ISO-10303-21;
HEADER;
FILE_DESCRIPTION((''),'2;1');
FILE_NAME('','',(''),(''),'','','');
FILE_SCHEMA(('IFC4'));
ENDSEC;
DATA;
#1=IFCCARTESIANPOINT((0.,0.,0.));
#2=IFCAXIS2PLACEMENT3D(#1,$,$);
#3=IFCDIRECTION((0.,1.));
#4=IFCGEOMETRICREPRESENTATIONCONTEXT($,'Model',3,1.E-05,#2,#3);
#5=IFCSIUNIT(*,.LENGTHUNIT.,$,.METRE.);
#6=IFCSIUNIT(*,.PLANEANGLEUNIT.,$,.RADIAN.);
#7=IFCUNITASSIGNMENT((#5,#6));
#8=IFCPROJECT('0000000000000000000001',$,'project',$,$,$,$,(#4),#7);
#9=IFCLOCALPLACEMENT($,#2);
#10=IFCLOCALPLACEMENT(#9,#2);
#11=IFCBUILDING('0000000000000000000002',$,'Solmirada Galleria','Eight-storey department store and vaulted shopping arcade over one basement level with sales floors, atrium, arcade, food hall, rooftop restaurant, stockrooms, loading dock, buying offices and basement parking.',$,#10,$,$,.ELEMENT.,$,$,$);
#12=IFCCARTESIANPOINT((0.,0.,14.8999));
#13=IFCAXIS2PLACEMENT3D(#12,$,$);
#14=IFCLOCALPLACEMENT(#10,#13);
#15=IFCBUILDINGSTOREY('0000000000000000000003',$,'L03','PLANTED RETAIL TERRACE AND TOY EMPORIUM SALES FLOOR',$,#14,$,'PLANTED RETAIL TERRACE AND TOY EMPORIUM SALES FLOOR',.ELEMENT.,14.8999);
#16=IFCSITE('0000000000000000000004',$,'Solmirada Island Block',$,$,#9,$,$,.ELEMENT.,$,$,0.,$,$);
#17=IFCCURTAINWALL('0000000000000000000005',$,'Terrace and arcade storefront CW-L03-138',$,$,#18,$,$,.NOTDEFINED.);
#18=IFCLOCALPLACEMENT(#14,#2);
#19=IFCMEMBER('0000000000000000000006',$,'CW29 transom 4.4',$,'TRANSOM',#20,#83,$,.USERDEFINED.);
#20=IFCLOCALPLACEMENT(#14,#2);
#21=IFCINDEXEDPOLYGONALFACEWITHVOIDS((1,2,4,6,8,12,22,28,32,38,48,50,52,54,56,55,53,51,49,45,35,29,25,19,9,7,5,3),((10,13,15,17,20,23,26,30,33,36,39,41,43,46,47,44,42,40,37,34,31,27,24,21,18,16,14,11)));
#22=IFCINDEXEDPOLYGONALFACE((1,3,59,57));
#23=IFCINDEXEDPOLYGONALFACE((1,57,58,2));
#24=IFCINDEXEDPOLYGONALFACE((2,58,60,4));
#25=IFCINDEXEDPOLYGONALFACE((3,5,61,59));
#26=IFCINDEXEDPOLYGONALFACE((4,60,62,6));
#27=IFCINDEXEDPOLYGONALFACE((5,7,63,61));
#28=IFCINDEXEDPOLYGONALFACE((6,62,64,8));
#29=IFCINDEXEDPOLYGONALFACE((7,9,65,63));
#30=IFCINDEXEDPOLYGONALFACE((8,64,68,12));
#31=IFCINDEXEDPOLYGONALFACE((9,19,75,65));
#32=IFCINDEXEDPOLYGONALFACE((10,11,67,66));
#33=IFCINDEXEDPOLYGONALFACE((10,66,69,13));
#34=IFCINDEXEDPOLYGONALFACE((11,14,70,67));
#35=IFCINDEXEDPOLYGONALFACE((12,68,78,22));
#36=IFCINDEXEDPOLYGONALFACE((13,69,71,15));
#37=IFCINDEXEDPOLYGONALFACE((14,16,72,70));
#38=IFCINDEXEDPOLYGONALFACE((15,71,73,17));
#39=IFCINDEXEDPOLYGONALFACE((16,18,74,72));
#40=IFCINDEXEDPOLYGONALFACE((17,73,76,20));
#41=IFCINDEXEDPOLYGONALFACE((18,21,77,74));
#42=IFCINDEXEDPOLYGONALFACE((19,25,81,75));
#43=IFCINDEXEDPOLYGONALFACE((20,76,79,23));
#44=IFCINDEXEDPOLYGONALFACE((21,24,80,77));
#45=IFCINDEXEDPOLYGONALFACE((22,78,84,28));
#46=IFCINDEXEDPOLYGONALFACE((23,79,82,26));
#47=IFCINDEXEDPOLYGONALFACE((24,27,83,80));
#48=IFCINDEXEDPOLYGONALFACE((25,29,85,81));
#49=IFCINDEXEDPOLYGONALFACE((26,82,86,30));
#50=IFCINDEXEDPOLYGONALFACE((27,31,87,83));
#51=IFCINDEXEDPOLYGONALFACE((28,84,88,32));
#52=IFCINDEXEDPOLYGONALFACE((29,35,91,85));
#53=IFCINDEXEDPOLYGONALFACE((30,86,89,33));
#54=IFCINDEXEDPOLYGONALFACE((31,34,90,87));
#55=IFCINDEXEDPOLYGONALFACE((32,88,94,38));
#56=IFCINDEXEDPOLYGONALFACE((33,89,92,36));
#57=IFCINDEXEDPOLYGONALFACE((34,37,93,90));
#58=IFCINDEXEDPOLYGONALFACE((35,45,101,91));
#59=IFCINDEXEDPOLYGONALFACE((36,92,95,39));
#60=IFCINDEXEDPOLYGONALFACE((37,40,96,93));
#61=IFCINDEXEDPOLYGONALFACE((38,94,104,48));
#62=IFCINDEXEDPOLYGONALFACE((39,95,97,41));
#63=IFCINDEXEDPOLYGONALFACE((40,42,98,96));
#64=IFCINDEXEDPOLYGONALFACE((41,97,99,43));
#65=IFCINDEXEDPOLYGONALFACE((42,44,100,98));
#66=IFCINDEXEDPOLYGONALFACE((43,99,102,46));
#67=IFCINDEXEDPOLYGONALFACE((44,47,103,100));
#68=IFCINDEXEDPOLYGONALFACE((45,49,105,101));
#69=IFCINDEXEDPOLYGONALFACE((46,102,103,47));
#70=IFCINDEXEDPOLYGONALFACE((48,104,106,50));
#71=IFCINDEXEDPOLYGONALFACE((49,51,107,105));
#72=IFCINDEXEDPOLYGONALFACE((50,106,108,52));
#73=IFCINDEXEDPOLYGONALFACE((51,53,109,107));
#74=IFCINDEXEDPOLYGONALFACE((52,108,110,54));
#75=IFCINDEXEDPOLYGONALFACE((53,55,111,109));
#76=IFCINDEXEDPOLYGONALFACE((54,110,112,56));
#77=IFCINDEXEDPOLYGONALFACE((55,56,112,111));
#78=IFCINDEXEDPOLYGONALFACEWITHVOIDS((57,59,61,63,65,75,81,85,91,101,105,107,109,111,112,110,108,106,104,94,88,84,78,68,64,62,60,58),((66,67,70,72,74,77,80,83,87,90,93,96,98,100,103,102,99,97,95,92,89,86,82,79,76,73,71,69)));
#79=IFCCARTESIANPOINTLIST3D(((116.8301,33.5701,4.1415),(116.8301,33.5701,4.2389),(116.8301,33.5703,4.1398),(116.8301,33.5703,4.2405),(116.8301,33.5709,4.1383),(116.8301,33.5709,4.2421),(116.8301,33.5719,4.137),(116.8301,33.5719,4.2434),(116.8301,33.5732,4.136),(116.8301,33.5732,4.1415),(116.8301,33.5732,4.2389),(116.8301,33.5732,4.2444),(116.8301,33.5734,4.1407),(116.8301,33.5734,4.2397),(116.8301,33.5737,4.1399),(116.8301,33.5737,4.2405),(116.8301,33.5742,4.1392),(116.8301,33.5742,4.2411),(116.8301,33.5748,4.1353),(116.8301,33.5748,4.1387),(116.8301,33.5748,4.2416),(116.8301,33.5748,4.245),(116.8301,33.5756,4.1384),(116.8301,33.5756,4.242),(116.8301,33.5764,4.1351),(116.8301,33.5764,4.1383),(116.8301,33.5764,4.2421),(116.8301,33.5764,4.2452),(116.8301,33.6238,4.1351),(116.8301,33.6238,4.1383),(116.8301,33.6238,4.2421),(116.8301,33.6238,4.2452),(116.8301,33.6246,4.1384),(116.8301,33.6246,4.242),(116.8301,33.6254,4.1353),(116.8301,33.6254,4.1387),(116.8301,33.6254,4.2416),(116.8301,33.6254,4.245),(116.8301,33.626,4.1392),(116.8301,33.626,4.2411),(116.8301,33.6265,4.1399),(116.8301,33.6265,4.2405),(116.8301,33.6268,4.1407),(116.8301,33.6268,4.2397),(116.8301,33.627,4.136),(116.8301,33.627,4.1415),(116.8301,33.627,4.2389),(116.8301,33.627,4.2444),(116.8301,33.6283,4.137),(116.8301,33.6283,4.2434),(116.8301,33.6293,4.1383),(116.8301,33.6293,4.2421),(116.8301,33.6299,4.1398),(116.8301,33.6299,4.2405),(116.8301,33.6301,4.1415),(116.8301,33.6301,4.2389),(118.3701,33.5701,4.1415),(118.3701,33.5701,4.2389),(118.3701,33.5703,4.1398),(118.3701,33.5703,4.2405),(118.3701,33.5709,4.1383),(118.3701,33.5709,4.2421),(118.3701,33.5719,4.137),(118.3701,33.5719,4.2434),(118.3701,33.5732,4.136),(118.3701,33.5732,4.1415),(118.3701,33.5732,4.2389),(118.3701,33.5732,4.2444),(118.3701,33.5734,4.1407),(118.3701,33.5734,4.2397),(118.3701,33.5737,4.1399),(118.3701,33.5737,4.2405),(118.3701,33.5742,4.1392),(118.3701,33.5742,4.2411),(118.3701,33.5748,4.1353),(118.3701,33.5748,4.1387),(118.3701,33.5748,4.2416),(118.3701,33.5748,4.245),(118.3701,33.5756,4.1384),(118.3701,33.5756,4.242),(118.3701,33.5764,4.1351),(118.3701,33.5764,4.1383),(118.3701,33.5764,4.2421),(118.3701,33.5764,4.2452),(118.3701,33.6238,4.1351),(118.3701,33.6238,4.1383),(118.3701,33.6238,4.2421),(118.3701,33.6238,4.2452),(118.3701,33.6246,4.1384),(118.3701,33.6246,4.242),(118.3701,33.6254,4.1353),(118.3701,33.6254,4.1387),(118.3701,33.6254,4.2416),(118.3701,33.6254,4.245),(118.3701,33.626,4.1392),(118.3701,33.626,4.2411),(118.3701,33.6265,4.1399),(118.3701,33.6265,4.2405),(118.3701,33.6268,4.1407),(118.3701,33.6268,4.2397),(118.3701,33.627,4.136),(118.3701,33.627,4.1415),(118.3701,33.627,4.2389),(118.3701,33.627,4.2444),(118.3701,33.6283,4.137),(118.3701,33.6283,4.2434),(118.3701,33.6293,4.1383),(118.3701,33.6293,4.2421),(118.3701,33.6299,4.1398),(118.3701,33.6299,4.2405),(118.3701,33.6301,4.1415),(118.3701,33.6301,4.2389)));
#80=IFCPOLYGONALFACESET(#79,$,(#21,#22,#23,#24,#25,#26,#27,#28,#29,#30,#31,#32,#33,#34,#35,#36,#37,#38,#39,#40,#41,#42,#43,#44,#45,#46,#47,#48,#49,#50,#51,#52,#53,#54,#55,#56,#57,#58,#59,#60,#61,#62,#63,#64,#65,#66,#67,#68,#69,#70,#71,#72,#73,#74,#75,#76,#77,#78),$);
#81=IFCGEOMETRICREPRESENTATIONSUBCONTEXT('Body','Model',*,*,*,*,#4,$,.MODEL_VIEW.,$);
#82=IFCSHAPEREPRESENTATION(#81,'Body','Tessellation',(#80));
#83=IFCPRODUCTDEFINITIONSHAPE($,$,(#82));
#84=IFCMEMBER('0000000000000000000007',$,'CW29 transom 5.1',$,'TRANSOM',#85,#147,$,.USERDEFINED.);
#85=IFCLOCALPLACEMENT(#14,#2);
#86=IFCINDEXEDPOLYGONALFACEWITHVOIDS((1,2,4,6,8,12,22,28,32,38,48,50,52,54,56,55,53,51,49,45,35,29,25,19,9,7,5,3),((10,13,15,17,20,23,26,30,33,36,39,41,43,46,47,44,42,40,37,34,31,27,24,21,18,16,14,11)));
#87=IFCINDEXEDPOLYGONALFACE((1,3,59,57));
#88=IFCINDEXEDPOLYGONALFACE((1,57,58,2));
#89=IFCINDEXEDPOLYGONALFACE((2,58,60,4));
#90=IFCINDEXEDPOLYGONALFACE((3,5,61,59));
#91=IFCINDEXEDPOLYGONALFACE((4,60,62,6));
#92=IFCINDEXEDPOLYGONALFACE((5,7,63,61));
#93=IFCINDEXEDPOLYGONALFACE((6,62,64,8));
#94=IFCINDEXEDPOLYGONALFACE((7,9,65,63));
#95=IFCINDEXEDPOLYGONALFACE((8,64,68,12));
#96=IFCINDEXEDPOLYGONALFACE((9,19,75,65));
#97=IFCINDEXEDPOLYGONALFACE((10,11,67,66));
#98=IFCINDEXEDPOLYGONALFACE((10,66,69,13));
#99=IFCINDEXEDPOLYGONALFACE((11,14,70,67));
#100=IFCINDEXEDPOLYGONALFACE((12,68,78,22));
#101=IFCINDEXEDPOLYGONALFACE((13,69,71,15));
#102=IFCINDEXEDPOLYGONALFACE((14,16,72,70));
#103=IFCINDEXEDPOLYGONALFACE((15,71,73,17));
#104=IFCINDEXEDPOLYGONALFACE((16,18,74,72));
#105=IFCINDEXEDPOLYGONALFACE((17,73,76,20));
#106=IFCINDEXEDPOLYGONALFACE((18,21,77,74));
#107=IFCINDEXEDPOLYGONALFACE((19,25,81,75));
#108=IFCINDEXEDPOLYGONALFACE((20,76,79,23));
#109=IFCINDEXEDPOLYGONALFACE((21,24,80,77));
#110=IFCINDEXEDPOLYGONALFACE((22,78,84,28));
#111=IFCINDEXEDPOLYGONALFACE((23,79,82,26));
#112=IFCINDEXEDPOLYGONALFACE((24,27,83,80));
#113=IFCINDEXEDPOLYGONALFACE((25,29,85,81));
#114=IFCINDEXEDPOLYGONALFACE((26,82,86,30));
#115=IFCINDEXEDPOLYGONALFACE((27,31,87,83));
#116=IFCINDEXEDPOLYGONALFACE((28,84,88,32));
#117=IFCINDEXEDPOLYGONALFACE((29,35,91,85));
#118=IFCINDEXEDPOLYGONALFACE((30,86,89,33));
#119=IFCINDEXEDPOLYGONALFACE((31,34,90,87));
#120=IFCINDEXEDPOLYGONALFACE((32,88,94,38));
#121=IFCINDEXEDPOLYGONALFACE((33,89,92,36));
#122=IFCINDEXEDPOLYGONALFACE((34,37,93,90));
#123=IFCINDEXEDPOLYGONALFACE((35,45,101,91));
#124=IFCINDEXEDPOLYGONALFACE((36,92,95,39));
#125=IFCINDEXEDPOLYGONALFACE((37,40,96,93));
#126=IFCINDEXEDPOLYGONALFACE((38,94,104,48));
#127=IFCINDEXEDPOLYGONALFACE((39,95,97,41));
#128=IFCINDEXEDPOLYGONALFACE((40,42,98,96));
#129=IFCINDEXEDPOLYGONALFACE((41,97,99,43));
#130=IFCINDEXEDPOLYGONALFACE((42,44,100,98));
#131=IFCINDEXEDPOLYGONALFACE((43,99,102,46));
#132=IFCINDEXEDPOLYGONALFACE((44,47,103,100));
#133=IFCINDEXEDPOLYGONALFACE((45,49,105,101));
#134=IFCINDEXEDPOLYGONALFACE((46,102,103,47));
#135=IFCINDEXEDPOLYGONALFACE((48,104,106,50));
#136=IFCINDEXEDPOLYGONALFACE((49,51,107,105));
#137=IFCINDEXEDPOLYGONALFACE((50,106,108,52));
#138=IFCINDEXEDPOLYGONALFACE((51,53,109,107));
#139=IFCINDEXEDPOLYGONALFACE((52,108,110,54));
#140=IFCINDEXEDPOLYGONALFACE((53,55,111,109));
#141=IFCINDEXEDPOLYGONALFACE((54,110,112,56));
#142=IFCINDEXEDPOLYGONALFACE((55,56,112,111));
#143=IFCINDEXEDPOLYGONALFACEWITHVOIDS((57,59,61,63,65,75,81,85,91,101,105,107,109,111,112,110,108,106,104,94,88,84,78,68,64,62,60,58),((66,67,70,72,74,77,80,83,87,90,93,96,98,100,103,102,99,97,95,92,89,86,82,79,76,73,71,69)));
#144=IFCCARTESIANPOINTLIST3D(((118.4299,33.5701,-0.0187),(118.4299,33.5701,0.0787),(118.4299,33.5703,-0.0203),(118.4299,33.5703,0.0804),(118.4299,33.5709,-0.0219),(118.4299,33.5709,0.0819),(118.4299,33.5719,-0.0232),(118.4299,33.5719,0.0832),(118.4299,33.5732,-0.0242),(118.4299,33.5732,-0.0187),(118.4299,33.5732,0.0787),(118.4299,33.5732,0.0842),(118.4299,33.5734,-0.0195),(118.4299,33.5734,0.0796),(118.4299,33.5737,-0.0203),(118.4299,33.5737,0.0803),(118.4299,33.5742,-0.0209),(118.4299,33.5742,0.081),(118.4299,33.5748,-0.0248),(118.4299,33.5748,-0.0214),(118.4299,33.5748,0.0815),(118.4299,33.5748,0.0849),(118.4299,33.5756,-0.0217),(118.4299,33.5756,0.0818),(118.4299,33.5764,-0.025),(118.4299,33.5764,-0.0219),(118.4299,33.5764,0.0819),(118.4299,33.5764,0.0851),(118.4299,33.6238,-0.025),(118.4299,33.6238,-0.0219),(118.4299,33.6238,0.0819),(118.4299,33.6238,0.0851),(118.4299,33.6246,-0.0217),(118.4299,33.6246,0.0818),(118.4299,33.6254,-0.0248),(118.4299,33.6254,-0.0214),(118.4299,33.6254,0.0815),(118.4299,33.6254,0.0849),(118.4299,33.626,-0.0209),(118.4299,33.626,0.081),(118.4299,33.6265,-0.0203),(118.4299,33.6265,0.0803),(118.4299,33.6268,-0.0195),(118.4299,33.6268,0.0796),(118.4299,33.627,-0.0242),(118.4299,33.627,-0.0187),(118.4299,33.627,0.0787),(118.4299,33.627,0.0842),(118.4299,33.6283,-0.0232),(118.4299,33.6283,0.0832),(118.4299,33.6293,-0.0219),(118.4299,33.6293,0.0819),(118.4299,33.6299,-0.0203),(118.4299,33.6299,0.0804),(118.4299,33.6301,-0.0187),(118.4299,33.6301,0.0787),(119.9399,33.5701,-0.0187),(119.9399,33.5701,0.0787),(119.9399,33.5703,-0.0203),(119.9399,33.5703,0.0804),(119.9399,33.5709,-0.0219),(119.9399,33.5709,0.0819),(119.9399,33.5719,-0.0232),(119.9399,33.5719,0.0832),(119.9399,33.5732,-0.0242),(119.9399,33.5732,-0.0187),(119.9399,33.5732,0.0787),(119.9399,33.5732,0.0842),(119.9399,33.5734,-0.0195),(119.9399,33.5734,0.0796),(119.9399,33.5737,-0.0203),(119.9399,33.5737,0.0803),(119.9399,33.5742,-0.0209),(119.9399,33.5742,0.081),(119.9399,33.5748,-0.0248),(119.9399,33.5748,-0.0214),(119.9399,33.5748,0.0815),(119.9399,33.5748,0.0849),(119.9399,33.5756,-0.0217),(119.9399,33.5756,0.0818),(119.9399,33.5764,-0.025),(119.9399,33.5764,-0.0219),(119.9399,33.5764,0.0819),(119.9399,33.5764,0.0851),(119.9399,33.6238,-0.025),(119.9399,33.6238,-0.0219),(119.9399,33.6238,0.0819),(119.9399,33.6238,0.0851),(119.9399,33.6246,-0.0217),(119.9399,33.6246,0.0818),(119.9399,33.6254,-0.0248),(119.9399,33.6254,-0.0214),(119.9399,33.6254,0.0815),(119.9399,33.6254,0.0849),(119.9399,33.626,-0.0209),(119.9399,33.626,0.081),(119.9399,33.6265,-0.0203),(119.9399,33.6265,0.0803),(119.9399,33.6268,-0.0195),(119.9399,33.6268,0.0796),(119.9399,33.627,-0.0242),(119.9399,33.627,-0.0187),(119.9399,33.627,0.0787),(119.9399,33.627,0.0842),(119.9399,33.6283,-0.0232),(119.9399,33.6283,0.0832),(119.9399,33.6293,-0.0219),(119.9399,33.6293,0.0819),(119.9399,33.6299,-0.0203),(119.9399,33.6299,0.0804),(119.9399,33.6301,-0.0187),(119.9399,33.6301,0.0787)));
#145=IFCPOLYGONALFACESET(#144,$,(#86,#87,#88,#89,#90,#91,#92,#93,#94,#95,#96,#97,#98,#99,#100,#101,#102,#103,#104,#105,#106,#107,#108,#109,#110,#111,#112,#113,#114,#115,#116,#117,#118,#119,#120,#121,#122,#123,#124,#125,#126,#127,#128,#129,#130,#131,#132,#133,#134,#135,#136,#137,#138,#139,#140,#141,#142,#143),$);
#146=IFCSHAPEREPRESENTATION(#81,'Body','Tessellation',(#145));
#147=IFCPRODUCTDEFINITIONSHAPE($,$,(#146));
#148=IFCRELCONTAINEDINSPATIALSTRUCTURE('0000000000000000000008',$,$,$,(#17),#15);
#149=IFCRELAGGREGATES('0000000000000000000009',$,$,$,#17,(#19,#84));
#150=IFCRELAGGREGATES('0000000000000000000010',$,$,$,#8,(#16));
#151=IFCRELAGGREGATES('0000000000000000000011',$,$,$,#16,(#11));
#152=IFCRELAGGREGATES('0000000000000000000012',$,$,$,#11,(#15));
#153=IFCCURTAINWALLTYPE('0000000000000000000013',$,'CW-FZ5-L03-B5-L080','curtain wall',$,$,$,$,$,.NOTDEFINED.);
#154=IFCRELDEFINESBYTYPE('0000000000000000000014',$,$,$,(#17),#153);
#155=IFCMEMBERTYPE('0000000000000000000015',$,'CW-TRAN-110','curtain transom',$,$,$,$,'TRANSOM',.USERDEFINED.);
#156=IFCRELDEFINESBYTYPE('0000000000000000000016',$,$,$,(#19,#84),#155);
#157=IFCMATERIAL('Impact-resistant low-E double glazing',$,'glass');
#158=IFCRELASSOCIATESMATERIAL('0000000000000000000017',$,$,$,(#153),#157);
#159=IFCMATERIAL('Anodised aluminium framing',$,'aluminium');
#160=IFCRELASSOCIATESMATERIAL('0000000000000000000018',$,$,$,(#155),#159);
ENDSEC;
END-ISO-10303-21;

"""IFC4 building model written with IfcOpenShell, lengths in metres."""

from ifc_helpers import new_model, si_unit, direction, frame, origin, origin_2d, place, context, subcontext, project, spatial, hollow_rectangle, extrude, material, material_profile, profile_set, type_object, element, aggregate, save


model = new_model("IFC4")

# Units and contexts
model_context = context("Model", 3, precision=1e-05, world=origin(), true_north=direction((0.0, 1.0)))
body_context = subcontext(model_context, "Body", "Model", "MODEL_VIEW")
ifc_project = project(units=[si_unit("LENGTHUNIT", "METRE"), si_unit("PLANEANGLEUNIT", "RADIAN")], contexts=[model_context])

# Site, building, storey
site_placement = place(None, origin())
site = spatial("IfcSite", under=ifc_project, at=site_placement, Name="Solmirada Island Block", CompositionType="ELEMENT", RefElevation=0.0)
building_placement = place(site_placement, origin())
building = spatial("IfcBuilding", under=site, at=building_placement, Name="Solmirada Galleria", Description="Eight-storey department store and vaulted shopping arcade over one basement level with sales floors, atrium, arcade, food hall, rooftop restaurant, stockrooms, loading dock, buying offices and basement parking.", CompositionType="ELEMENT")
storey_placement = place(building_placement, frame((0.0, 0.0, 14.8999)))
storey = spatial("IfcBuildingStorey", under=building, at=storey_placement, Name="L03", Description="PLANTED RETAIL TERRACE AND TOY EMPORIUM SALES FLOOR", LongName="PLANTED RETAIL TERRACE AND TOY EMPORIUM SALES FLOOR", CompositionType="ELEMENT", Elevation=14.8999)

# Curtain wall, members
ifc_material_1 = material(Name="Impact-resistant low-E double glazing", Category="glass")
curtain_wall_type = type_object("IfcCurtainWallType", Name="CW-FZ5-L03-B5-L080", Description="curtain wall", PredefinedType="NOTDEFINED", material=ifc_material_1)
curtain_wall_placement = place(storey_placement, origin())
curtain_wall = element("IfcCurtainWall", 1, at=curtain_wall_placement, inside=storey, type_object=curtain_wall_type, Name="Terrace and arcade storefront CW-L03-138", PredefinedType="NOTDEFINED")
ifc_material_2 = material(Name="Anodised aluminium framing", Category="aluminium")
ifc_material_profile_1 = material_profile(ifc_material_2, hollow_rectangle(XDim=0.0601, YDim=0.1101, WallThickness=0.0032, InnerFilletRadius=0.0032, OuterFilletRadius=0.0063, at=origin_2d()), Name="ALU-TRAN-110X60")
ifc_profile_set_1 = profile_set([ifc_material_profile_1], Name="Anodised aluminium framing")
member_type_1 = type_object("IfcMemberType", Name="CW-TRAN-110", Description="curtain transom", ElementType="TRANSOM", PredefinedType="USERDEFINED", material=ifc_profile_set_1)
member_1_placement = place(storey_placement, frame((116.8301, 33.6001, 4.1902), z_axis=(1.0, 0.0, 0.0), x_axis=(0.0, 1.0, 0.0)))
member_1 = element("IfcMember", 2, at=member_1_placement, type_object=member_type_1, Name="CW29 transom 4.4", ObjectType="TRANSOM", PredefinedType="USERDEFINED", context=body_context, shape_type="SweptSolid", body=[
    extrude(hollow_rectangle(XDim=0.0601, YDim=0.1101, WallThickness=0.0032, InnerFilletRadius=0.0032, OuterFilletRadius=0.0063, at=origin_2d()), origin(), (0.0, 0.0, 1.0), 1.54),
])
member_2_placement = place(storey_placement, frame((118.4299, 33.6001, 0.03), z_axis=(1.0, 0.0, 0.0), x_axis=(0.0, 1.0, 0.0)))
member_2 = element("IfcMember", 3, at=member_2_placement, type_object=member_type_1, Name="CW29 transom 5.1", ObjectType="TRANSOM", PredefinedType="USERDEFINED", context=body_context, shape_type="SweptSolid", body=[
    extrude(hollow_rectangle(XDim=0.0601, YDim=0.1101, WallThickness=0.0032, InnerFilletRadius=0.0032, OuterFilletRadius=0.0063, at=origin_2d()), origin(), (0.0, 0.0, 1.0), 1.51),
])
aggregate(curtain_wall, [member_1, member_2])

save(model, "model.ifc")
